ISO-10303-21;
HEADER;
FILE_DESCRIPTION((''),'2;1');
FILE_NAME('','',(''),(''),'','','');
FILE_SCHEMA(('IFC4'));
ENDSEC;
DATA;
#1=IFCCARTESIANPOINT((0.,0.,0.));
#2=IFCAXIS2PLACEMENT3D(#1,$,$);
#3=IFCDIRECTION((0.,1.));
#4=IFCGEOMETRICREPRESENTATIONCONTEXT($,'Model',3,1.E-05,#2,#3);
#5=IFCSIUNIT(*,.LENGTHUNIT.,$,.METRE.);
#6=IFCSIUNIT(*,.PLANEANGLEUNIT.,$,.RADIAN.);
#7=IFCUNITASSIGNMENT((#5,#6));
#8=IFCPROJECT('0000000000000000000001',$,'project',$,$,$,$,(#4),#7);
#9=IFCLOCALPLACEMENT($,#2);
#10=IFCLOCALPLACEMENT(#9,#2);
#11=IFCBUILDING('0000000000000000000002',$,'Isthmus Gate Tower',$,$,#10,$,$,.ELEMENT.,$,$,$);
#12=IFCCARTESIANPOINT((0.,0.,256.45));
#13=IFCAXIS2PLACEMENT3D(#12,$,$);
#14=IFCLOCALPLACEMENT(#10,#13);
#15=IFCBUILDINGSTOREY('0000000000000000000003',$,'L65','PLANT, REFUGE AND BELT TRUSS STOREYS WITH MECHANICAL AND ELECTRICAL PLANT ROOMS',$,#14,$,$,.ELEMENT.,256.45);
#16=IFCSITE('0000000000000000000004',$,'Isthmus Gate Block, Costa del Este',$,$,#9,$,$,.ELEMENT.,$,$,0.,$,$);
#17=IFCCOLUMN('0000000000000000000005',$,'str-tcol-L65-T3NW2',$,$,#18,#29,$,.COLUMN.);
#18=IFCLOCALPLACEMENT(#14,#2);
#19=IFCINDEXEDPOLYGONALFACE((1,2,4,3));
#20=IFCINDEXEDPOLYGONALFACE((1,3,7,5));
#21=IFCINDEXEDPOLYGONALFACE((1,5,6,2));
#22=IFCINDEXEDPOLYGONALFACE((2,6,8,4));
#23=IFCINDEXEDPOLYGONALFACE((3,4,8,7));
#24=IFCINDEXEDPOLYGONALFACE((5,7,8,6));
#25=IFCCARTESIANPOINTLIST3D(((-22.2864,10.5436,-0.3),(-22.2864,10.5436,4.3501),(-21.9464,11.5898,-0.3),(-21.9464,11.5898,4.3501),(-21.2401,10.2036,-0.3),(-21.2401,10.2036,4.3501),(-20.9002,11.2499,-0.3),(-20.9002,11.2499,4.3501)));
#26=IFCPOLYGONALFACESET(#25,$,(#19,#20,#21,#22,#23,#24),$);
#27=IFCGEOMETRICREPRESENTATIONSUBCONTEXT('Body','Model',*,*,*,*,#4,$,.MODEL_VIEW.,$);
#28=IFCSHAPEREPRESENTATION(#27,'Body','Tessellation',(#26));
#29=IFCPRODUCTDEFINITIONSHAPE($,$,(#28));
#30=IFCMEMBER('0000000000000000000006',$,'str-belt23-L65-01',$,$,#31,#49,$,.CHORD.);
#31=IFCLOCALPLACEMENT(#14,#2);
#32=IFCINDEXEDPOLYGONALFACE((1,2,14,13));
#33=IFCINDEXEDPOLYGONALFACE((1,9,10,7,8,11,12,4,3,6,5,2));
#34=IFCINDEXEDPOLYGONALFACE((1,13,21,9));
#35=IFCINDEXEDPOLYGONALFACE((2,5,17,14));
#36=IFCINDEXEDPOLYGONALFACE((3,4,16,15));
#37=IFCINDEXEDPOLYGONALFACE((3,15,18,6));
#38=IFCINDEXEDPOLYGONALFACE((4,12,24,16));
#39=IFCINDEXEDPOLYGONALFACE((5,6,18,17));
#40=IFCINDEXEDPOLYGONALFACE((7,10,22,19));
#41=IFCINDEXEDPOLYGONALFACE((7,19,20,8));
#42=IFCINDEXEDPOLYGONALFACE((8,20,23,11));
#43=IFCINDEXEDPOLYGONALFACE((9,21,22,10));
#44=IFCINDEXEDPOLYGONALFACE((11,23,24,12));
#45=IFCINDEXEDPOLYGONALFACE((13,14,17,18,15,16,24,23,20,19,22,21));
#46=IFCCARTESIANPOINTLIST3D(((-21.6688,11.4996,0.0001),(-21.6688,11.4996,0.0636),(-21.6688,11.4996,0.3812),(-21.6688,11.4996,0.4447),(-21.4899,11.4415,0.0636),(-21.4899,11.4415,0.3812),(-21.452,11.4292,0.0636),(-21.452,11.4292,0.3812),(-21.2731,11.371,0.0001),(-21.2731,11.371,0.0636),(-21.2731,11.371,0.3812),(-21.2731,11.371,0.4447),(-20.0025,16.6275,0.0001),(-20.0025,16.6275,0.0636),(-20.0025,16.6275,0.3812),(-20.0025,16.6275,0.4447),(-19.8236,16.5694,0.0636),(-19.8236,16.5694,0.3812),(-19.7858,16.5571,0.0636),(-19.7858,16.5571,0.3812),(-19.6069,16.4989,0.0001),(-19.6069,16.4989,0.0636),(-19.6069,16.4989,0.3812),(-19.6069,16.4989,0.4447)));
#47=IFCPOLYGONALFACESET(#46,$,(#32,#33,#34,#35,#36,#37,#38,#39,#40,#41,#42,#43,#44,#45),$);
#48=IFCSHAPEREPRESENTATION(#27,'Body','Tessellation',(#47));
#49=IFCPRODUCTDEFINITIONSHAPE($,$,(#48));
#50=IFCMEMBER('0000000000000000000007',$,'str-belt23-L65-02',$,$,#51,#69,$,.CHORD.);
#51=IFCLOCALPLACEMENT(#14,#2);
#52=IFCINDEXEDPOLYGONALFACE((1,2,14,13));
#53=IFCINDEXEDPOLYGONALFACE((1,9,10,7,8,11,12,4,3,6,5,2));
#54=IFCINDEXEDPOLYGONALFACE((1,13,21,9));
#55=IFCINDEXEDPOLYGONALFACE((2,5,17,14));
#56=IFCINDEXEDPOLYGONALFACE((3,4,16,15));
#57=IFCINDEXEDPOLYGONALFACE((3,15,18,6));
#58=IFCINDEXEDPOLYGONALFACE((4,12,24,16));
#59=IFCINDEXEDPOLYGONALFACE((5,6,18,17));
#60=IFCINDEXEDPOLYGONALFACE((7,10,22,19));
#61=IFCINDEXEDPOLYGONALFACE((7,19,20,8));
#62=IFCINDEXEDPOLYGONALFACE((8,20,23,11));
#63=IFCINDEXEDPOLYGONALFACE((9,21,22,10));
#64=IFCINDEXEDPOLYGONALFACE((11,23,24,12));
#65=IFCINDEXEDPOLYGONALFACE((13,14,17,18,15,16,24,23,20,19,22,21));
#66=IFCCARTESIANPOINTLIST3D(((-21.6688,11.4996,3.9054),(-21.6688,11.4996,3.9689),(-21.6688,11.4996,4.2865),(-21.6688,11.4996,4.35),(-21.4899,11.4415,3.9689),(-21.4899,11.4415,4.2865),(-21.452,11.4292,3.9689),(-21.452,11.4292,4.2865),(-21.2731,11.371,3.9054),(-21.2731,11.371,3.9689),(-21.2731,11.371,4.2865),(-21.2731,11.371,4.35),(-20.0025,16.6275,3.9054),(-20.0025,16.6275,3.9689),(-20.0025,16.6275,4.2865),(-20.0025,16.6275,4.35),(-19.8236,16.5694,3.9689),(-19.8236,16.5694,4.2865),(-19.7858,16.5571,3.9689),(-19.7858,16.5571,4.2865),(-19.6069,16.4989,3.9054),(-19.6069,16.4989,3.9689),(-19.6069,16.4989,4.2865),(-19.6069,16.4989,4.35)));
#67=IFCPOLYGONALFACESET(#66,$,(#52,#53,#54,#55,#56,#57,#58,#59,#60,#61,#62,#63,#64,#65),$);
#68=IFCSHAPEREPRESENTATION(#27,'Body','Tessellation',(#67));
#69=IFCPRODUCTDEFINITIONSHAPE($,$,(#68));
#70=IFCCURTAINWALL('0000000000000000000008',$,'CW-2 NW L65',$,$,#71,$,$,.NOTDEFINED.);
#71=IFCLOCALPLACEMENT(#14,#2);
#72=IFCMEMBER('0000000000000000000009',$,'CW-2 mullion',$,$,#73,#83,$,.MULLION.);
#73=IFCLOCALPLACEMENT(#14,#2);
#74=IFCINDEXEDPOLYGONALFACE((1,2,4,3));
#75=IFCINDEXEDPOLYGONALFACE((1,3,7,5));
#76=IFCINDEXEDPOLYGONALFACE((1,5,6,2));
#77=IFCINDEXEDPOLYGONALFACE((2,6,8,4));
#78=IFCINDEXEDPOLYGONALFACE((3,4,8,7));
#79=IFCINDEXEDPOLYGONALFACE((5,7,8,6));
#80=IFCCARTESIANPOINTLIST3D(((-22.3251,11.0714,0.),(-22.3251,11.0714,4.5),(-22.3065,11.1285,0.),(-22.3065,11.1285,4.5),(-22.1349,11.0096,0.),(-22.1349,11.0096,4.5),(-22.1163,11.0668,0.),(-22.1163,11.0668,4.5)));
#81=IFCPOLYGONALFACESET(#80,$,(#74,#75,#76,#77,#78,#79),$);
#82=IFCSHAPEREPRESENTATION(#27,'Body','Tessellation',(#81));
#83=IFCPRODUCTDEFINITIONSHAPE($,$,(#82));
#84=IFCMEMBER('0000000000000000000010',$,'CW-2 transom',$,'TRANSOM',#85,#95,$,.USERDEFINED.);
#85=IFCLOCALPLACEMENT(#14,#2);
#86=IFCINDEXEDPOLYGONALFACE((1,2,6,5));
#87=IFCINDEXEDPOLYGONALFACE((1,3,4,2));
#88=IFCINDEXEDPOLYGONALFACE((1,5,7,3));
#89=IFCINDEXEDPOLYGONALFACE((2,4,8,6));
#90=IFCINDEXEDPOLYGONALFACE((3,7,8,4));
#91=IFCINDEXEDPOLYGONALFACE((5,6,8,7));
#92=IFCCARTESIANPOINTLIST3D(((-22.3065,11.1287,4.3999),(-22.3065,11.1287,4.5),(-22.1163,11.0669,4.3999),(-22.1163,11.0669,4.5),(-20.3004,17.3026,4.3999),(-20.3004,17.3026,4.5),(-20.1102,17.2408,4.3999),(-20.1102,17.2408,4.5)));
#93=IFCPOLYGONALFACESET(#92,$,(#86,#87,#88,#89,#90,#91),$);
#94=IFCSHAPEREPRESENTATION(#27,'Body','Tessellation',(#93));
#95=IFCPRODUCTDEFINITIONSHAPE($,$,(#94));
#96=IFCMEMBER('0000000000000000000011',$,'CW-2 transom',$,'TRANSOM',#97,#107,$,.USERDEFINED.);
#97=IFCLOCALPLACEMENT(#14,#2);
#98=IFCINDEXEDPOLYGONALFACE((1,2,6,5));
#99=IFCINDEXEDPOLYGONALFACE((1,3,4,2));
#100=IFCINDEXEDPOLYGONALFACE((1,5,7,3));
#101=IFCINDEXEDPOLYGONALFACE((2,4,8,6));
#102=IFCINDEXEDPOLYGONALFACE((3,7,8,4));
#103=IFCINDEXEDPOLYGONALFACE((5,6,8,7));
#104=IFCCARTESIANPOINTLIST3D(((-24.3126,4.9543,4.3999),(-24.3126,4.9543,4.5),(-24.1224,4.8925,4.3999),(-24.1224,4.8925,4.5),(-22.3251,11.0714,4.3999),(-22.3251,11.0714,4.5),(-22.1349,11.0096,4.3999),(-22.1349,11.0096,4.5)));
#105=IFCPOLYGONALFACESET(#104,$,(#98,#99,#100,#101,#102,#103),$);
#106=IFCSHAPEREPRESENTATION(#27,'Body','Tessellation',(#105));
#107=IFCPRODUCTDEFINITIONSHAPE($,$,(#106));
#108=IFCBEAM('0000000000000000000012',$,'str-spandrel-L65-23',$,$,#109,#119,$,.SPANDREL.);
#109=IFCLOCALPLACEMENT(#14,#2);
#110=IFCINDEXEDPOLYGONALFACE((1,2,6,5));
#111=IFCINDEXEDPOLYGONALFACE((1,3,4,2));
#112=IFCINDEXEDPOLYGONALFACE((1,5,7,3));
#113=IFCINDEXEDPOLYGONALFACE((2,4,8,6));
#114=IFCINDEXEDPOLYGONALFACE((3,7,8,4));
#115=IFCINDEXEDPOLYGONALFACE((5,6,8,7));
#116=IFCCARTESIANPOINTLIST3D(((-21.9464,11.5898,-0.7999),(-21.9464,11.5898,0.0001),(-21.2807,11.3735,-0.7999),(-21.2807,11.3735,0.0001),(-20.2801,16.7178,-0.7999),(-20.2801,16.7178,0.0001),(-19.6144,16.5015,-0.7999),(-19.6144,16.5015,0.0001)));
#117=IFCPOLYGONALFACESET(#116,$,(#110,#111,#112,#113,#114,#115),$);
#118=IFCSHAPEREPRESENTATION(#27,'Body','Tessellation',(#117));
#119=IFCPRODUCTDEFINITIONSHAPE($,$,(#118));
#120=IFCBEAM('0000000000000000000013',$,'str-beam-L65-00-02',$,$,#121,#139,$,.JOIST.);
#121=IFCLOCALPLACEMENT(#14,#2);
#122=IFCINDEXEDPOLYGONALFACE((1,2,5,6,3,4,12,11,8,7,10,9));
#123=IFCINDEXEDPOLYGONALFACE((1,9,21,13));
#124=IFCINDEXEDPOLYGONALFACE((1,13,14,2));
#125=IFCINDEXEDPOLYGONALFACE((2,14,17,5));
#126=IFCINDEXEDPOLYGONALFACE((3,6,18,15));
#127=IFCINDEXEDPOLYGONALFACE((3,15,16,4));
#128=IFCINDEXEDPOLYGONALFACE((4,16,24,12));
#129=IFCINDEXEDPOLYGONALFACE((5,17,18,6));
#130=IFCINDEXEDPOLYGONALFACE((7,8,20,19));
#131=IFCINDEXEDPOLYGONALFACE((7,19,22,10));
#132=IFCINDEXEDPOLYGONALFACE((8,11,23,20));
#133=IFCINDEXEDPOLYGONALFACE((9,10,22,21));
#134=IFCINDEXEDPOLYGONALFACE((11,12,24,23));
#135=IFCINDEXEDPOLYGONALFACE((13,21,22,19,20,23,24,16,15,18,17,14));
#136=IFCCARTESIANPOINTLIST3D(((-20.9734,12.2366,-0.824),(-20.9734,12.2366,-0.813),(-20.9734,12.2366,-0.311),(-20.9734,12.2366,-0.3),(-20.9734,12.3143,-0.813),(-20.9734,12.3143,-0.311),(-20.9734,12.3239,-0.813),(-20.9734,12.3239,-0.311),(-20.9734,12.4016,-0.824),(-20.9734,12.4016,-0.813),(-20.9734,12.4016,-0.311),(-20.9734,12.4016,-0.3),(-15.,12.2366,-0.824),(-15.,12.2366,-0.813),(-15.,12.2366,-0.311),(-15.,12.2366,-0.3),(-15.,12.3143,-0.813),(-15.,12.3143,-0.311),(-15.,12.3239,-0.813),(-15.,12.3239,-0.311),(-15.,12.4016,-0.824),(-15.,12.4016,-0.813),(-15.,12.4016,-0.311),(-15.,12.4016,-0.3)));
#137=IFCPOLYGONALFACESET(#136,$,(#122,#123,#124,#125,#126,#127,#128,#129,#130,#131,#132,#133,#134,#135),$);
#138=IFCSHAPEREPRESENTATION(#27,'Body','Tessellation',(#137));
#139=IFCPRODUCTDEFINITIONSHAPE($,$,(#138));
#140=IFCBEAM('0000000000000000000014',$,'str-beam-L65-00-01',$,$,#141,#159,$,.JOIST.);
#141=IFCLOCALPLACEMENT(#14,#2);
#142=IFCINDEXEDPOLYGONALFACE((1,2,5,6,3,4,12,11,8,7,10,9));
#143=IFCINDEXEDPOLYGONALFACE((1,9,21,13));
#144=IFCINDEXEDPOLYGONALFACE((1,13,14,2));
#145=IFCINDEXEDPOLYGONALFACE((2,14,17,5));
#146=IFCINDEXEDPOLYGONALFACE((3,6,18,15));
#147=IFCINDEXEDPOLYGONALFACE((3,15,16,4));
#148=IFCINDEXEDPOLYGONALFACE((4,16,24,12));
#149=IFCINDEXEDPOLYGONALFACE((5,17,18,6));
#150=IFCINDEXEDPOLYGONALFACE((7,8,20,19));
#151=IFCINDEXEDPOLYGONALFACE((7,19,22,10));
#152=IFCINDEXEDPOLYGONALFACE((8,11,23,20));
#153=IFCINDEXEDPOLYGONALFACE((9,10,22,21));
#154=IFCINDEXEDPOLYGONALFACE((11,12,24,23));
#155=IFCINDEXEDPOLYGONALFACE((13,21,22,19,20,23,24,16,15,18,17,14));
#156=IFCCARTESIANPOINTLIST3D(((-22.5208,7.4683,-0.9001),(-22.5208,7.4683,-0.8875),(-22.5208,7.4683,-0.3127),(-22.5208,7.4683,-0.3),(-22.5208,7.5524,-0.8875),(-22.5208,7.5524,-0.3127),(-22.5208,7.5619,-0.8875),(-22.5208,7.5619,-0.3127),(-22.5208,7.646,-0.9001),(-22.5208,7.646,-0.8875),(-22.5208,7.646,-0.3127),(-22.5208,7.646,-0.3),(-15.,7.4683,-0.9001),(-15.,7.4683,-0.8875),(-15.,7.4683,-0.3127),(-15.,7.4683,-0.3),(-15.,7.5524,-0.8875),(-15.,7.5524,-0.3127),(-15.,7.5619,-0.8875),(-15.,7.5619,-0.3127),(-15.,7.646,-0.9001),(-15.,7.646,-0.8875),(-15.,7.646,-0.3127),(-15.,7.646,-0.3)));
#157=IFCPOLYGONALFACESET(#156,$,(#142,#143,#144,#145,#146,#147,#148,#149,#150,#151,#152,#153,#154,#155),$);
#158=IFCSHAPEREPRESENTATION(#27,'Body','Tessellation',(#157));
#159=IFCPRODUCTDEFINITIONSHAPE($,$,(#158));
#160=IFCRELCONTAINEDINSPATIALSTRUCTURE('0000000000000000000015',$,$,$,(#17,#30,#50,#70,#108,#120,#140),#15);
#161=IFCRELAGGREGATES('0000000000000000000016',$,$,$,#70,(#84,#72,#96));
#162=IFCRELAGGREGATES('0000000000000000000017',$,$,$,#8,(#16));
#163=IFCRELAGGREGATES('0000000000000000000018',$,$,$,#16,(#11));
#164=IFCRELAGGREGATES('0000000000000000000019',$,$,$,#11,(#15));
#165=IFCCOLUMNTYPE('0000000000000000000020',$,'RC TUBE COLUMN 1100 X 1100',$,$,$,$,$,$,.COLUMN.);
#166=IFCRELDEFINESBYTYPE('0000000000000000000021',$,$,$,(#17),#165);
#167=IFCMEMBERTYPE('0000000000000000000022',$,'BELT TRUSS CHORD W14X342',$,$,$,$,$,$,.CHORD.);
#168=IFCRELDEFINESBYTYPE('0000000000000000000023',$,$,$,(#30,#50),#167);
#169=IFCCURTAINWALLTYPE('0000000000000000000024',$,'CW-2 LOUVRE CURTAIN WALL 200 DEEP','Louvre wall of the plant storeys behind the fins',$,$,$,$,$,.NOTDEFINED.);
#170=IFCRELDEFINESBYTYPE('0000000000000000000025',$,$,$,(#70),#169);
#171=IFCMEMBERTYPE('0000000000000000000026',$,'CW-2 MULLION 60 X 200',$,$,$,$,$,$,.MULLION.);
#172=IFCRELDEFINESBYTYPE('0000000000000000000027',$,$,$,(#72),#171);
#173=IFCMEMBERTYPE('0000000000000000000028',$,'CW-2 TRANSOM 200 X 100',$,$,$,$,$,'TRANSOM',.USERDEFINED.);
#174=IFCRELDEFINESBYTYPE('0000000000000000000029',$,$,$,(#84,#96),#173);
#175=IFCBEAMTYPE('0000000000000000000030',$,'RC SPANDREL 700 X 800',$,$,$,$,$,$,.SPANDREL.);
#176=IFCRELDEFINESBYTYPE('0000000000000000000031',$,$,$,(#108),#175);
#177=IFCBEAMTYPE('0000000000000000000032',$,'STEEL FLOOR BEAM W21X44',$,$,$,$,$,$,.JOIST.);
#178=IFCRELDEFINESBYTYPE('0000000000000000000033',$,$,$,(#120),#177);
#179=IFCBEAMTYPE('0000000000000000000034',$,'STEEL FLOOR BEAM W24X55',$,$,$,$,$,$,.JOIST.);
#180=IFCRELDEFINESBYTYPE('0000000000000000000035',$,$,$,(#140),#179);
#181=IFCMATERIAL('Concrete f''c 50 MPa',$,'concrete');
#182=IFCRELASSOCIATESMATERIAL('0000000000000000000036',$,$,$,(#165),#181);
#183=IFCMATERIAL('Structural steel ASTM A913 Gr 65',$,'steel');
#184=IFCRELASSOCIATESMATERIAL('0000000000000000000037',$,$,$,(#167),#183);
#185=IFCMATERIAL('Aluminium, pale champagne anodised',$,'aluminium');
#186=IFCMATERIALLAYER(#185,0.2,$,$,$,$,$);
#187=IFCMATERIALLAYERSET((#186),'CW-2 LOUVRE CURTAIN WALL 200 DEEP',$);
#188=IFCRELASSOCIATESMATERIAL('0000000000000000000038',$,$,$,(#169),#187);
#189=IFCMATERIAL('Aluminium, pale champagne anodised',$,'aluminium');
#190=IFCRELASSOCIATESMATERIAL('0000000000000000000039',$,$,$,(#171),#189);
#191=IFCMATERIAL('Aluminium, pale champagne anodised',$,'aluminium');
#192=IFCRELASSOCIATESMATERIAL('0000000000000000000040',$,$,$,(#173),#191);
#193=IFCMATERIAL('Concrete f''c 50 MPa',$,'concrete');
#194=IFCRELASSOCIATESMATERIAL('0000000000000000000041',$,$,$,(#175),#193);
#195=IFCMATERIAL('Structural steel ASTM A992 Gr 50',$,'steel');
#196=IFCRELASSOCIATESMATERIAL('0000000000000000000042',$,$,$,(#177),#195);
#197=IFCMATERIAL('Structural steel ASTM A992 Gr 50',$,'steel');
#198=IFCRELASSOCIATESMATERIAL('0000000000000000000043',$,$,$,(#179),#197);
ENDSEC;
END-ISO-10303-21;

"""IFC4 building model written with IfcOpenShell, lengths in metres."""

from ifc_helpers import new_model, si_unit, direction, frame, origin, origin_2d, place, context, subcontext, project, spatial, rectangle, i_section, extrude, material, layer, layer_set, material_profile, profile_set, type_object, element, aggregate, save


model = new_model("IFC4")

# Units and contexts
model_context = context("Model", 3, precision=1e-05, world=origin(), true_north=direction((0.0, 1.0)))
body_context = subcontext(model_context, "Body", "Model", "MODEL_VIEW")
ifc_project = project(units=[si_unit("LENGTHUNIT", "METRE"), si_unit("PLANEANGLEUNIT", "RADIAN")], contexts=[model_context])

# Site, building, storey
site_placement = place(None, origin())
site = spatial("IfcSite", under=ifc_project, at=site_placement, Name="Isthmus Gate Block, Costa del Este", CompositionType="ELEMENT", RefElevation=0.0)
building_placement = place(site_placement, origin())
building = spatial("IfcBuilding", under=site, at=building_placement, Name="Isthmus Gate Tower", CompositionType="ELEMENT")
storey_placement = place(building_placement, frame((0.0, 0.0, 256.45)))
storey = spatial("IfcBuildingStorey", under=building, at=storey_placement, Name="L65", Description="PLANT, REFUGE AND BELT TRUSS STOREYS WITH MECHANICAL AND ELECTRICAL PLANT ROOMS", CompositionType="ELEMENT", Elevation=256.45)

# Column
ifc_material_1 = material(Name="Concrete f'c 50 MPa", Category="concrete")
ifc_material_profile_1 = material_profile(ifc_material_1, rectangle(XDim=1.1001, YDim=1.1001, at=origin_2d()), Name="RC 1100X1100")
ifc_profile_set_1 = profile_set([ifc_material_profile_1], Name="Concrete f'c 50 MPa")
column_type = type_object("IfcColumnType", Name="RC TUBE COLUMN 1100 X 1100", PredefinedType="COLUMN", material=ifc_profile_set_1)
column_placement = place(storey_placement, frame((-21.5933, 10.8967, -0.3), z_axis=(0.0, 0.0, 1.0), x_axis=(-0.309017, -0.951057, 0.0)))
element("IfcColumn", 1, at=column_placement, inside=storey, type_object=column_type, Name="str-tcol-L65-T3NW2", PredefinedType="COLUMN", context=body_context, shape_type="SweptSolid", body=[
    extrude(rectangle(XDim=1.1001, YDim=1.1001, at=origin_2d()), origin(), (0.0, 0.0, 1.0), 4.6501),
])

# Members
ifc_material_2 = material(Name="Structural steel ASTM A913 Gr 65", Category="steel")
ifc_material_profile_2 = material_profile(ifc_material_2, i_section(OverallWidth=0.416, OverallDepth=0.4446, WebThickness=0.0398, FlangeThickness=0.0635, at=origin_2d()), Name="W14X342")
ifc_profile_set_2 = profile_set([ifc_material_profile_2], Name="Structural steel ASTM A913 Gr 65")
member_type_1 = type_object("IfcMemberType", Name="BELT TRUSS CHORD W14X342", PredefinedType="CHORD", material=ifc_profile_set_2)
for number, where, z_axis, x_axis, name in (
    (2, (-21.4709, 11.4353, 0.2224), (0.309033, 0.951051, 0.0), (-0.951051, 0.309033, 0.0), "str-belt23-L65-01"),
    (3, (-21.4709, 11.4353, 4.1277), (0.309033, 0.951051, 0.0), (-0.951051, 0.309033, 0.0), "str-belt23-L65-02"),
):
    element("IfcMember", number, at=place(storey_placement, frame(where, z_axis=z_axis, x_axis=x_axis)), inside=storey, type_object=member_type_1, Name=name, PredefinedType="CHORD", context=body_context, shape_type="SweptSolid", body=[
        extrude(i_section(OverallWidth=0.416, OverallDepth=0.4446, WebThickness=0.0398, FlangeThickness=0.0635, at=origin_2d()), origin(), (0.0, 0.0, 1.0), 5.3918),
    ])

# Curtain wall, members
ifc_material_3 = material(Name="Aluminium, pale champagne anodised", Category="aluminium")
ifc_layer_1 = layer(ifc_material_3, 0.2)
ifc_layer_set_1 = layer_set([ifc_layer_1], Name="CW-2 LOUVRE CURTAIN WALL 200 DEEP")
curtain_wall_type = type_object("IfcCurtainWallType", Name="CW-2 LOUVRE CURTAIN WALL 200 DEEP", Description="Louvre wall of the plant storeys behind the fins", PredefinedType="NOTDEFINED", material=ifc_layer_set_1)
curtain_wall_placement = place(storey_placement, origin())
curtain_wall = element("IfcCurtainWall", 4, at=curtain_wall_placement, inside=storey, type_object=curtain_wall_type, Name="CW-2 NW L65", PredefinedType="NOTDEFINED")
ifc_material_4 = material(Name="Aluminium, pale champagne anodised", Category="aluminium")
ifc_material_profile_3 = material_profile(ifc_material_4, rectangle(XDim=0.0601, YDim=0.2, at=origin_2d()), Name="60x200")
ifc_profile_set_3 = profile_set([ifc_material_profile_3], Name="Aluminium, pale champagne anodised")
member_type_2 = type_object("IfcMemberType", Name="CW-2 MULLION 60 X 200", PredefinedType="MULLION", material=ifc_profile_set_3)
member_1_placement = place(storey_placement, frame((-22.2207, 11.0691, 0.0), z_axis=(0.0, 0.0, 1.0), x_axis=(-0.309017, -0.951057, 0.0)))
member_1 = element("IfcMember", 5, at=member_1_placement, type_object=member_type_2, Name="CW-2 mullion", PredefinedType="MULLION", context=body_context, shape_type="SweptSolid", body=[
    extrude(rectangle(XDim=0.0601, YDim=0.2, at=origin_2d()), origin(), (0.0, 0.0, 1.0), 4.5),
])
ifc_material_5 = material(Name="Aluminium, pale champagne anodised", Category="aluminium")
ifc_material_profile_4 = material_profile(ifc_material_5, rectangle(XDim=0.2, YDim=0.1001, at=origin_2d()), Name="200x100")
ifc_profile_set_4 = profile_set([ifc_material_profile_4], Name="Aluminium, pale champagne anodised")
member_type_3 = type_object("IfcMemberType", Name="CW-2 TRANSOM 200 X 100", ElementType="TRANSOM", PredefinedType="USERDEFINED", material=ifc_profile_set_4)
member_2_placement = place(storey_placement, frame((-20.2053, 17.2717, 4.45), z_axis=(-0.309021, -0.951055, 0.0), x_axis=(0.951055, -0.309021, 0.0)))
member_2 = element("IfcMember", 6, at=member_2_placement, type_object=member_type_3, Name="CW-2 transom", ObjectType="TRANSOM", PredefinedType="USERDEFINED", context=body_context, shape_type="SweptSolid", body=[
    extrude(rectangle(XDim=0.2, YDim=0.1001, at=origin_2d()), origin(), (0.0, 0.0, 1.0), 6.4917),
])
member_3_placement = place(storey_placement, frame((-22.23, 11.0405, 4.45), z_axis=(-0.309011, -0.951059, 0.0), x_axis=(0.951059, -0.309011, 0.0)))
member_3 = element("IfcMember", 7, at=member_3_placement, type_object=member_type_3, Name="CW-2 transom", ObjectType="TRANSOM", PredefinedType="USERDEFINED", context=body_context, shape_type="SweptSolid", body=[
    extrude(rectangle(XDim=0.2, YDim=0.1001, at=origin_2d()), origin(), (0.0, 0.0, 1.0), 6.4319),
])

# Beams
ifc_material_6 = material(Name="Concrete f'c 50 MPa", Category="concrete")
ifc_material_profile_5 = material_profile(ifc_material_6, rectangle(XDim=0.7, YDim=0.8, at=origin_2d()), Name="RC 700X800")
ifc_profile_set_5 = profile_set([ifc_material_profile_5], Name="Concrete f'c 50 MPa")
beam_type_1 = type_object("IfcBeamType", Name="RC SPANDREL 700 X 800", PredefinedType="SPANDREL", material=ifc_profile_set_5)
beam_1_placement = place(storey_placement, frame((-21.6135, 11.4817, -0.3999), z_axis=(0.309033, 0.951051, 0.0), x_axis=(-0.951051, 0.309033, 0.0)))
element("IfcBeam", 8, at=beam_1_placement, inside=storey, type_object=beam_type_1, Name="str-spandrel-L65-23", PredefinedType="SPANDREL", context=body_context, shape_type="SweptSolid", body=[
    extrude(rectangle(XDim=0.7, YDim=0.8, at=origin_2d()), origin(), (0.0, 0.0, 1.0), 5.3918),
])
ifc_material_7 = material(Name="Structural steel ASTM A992 Gr 50", Category="steel")
ifc_material_profile_6 = material_profile(ifc_material_7, i_section(OverallWidth=0.165, OverallDepth=0.5239, WebThickness=0.0095, FlangeThickness=0.011, at=origin_2d()), Name="W21X44")
ifc_profile_set_6 = profile_set([ifc_material_profile_6], Name="Structural steel ASTM A992 Gr 50")
beam_type_2 = type_object("IfcBeamType", Name="STEEL FLOOR BEAM W21X44", PredefinedType="JOIST", material=ifc_profile_set_6)
beam_2_placement = place(storey_placement, frame((-20.9734, 12.3191, -0.562), z_axis=(1.0, 0.0, 0.0), x_axis=(0.0, 1.0, 0.0)))
element("IfcBeam", 9, at=beam_2_placement, inside=storey, type_object=beam_type_2, Name="str-beam-L65-00-02", PredefinedType="JOIST", context=body_context, shape_type="SweptSolid", body=[
    extrude(i_section(OverallWidth=0.165, OverallDepth=0.5239, WebThickness=0.0095, FlangeThickness=0.011, at=origin_2d()), origin(), (0.0, 0.0, 1.0), 5.9734),
])
ifc_material_8 = material(Name="Structural steel ASTM A992 Gr 50", Category="steel")
ifc_material_profile_7 = material_profile(ifc_material_8, i_section(OverallWidth=0.1777, OverallDepth=0.6001, WebThickness=0.0095, FlangeThickness=0.0127, at=origin_2d()), Name="W24X55")
ifc_profile_set_7 = profile_set([ifc_material_profile_7], Name="Structural steel ASTM A992 Gr 50")
beam_type_3 = type_object("IfcBeamType", Name="STEEL FLOOR BEAM W24X55", PredefinedType="JOIST", material=ifc_profile_set_7)
beam_3_placement = place(storey_placement, frame((-22.5208, 7.5571, -0.6001), z_axis=(1.0, 0.0, 0.0), x_axis=(0.0, 1.0, 0.0)))
element("IfcBeam", 10, at=beam_3_placement, inside=storey, type_object=beam_type_3, Name="str-beam-L65-00-01", PredefinedType="JOIST", context=body_context, shape_type="SweptSolid", body=[
    extrude(i_section(OverallWidth=0.1777, OverallDepth=0.6001, WebThickness=0.0095, FlangeThickness=0.0127, at=origin_2d()), origin(), (0.0, 0.0, 1.0), 7.5208),
])

aggregate(curtain_wall, [member_2, member_1, member_3])

save(model, "model.ifc")
